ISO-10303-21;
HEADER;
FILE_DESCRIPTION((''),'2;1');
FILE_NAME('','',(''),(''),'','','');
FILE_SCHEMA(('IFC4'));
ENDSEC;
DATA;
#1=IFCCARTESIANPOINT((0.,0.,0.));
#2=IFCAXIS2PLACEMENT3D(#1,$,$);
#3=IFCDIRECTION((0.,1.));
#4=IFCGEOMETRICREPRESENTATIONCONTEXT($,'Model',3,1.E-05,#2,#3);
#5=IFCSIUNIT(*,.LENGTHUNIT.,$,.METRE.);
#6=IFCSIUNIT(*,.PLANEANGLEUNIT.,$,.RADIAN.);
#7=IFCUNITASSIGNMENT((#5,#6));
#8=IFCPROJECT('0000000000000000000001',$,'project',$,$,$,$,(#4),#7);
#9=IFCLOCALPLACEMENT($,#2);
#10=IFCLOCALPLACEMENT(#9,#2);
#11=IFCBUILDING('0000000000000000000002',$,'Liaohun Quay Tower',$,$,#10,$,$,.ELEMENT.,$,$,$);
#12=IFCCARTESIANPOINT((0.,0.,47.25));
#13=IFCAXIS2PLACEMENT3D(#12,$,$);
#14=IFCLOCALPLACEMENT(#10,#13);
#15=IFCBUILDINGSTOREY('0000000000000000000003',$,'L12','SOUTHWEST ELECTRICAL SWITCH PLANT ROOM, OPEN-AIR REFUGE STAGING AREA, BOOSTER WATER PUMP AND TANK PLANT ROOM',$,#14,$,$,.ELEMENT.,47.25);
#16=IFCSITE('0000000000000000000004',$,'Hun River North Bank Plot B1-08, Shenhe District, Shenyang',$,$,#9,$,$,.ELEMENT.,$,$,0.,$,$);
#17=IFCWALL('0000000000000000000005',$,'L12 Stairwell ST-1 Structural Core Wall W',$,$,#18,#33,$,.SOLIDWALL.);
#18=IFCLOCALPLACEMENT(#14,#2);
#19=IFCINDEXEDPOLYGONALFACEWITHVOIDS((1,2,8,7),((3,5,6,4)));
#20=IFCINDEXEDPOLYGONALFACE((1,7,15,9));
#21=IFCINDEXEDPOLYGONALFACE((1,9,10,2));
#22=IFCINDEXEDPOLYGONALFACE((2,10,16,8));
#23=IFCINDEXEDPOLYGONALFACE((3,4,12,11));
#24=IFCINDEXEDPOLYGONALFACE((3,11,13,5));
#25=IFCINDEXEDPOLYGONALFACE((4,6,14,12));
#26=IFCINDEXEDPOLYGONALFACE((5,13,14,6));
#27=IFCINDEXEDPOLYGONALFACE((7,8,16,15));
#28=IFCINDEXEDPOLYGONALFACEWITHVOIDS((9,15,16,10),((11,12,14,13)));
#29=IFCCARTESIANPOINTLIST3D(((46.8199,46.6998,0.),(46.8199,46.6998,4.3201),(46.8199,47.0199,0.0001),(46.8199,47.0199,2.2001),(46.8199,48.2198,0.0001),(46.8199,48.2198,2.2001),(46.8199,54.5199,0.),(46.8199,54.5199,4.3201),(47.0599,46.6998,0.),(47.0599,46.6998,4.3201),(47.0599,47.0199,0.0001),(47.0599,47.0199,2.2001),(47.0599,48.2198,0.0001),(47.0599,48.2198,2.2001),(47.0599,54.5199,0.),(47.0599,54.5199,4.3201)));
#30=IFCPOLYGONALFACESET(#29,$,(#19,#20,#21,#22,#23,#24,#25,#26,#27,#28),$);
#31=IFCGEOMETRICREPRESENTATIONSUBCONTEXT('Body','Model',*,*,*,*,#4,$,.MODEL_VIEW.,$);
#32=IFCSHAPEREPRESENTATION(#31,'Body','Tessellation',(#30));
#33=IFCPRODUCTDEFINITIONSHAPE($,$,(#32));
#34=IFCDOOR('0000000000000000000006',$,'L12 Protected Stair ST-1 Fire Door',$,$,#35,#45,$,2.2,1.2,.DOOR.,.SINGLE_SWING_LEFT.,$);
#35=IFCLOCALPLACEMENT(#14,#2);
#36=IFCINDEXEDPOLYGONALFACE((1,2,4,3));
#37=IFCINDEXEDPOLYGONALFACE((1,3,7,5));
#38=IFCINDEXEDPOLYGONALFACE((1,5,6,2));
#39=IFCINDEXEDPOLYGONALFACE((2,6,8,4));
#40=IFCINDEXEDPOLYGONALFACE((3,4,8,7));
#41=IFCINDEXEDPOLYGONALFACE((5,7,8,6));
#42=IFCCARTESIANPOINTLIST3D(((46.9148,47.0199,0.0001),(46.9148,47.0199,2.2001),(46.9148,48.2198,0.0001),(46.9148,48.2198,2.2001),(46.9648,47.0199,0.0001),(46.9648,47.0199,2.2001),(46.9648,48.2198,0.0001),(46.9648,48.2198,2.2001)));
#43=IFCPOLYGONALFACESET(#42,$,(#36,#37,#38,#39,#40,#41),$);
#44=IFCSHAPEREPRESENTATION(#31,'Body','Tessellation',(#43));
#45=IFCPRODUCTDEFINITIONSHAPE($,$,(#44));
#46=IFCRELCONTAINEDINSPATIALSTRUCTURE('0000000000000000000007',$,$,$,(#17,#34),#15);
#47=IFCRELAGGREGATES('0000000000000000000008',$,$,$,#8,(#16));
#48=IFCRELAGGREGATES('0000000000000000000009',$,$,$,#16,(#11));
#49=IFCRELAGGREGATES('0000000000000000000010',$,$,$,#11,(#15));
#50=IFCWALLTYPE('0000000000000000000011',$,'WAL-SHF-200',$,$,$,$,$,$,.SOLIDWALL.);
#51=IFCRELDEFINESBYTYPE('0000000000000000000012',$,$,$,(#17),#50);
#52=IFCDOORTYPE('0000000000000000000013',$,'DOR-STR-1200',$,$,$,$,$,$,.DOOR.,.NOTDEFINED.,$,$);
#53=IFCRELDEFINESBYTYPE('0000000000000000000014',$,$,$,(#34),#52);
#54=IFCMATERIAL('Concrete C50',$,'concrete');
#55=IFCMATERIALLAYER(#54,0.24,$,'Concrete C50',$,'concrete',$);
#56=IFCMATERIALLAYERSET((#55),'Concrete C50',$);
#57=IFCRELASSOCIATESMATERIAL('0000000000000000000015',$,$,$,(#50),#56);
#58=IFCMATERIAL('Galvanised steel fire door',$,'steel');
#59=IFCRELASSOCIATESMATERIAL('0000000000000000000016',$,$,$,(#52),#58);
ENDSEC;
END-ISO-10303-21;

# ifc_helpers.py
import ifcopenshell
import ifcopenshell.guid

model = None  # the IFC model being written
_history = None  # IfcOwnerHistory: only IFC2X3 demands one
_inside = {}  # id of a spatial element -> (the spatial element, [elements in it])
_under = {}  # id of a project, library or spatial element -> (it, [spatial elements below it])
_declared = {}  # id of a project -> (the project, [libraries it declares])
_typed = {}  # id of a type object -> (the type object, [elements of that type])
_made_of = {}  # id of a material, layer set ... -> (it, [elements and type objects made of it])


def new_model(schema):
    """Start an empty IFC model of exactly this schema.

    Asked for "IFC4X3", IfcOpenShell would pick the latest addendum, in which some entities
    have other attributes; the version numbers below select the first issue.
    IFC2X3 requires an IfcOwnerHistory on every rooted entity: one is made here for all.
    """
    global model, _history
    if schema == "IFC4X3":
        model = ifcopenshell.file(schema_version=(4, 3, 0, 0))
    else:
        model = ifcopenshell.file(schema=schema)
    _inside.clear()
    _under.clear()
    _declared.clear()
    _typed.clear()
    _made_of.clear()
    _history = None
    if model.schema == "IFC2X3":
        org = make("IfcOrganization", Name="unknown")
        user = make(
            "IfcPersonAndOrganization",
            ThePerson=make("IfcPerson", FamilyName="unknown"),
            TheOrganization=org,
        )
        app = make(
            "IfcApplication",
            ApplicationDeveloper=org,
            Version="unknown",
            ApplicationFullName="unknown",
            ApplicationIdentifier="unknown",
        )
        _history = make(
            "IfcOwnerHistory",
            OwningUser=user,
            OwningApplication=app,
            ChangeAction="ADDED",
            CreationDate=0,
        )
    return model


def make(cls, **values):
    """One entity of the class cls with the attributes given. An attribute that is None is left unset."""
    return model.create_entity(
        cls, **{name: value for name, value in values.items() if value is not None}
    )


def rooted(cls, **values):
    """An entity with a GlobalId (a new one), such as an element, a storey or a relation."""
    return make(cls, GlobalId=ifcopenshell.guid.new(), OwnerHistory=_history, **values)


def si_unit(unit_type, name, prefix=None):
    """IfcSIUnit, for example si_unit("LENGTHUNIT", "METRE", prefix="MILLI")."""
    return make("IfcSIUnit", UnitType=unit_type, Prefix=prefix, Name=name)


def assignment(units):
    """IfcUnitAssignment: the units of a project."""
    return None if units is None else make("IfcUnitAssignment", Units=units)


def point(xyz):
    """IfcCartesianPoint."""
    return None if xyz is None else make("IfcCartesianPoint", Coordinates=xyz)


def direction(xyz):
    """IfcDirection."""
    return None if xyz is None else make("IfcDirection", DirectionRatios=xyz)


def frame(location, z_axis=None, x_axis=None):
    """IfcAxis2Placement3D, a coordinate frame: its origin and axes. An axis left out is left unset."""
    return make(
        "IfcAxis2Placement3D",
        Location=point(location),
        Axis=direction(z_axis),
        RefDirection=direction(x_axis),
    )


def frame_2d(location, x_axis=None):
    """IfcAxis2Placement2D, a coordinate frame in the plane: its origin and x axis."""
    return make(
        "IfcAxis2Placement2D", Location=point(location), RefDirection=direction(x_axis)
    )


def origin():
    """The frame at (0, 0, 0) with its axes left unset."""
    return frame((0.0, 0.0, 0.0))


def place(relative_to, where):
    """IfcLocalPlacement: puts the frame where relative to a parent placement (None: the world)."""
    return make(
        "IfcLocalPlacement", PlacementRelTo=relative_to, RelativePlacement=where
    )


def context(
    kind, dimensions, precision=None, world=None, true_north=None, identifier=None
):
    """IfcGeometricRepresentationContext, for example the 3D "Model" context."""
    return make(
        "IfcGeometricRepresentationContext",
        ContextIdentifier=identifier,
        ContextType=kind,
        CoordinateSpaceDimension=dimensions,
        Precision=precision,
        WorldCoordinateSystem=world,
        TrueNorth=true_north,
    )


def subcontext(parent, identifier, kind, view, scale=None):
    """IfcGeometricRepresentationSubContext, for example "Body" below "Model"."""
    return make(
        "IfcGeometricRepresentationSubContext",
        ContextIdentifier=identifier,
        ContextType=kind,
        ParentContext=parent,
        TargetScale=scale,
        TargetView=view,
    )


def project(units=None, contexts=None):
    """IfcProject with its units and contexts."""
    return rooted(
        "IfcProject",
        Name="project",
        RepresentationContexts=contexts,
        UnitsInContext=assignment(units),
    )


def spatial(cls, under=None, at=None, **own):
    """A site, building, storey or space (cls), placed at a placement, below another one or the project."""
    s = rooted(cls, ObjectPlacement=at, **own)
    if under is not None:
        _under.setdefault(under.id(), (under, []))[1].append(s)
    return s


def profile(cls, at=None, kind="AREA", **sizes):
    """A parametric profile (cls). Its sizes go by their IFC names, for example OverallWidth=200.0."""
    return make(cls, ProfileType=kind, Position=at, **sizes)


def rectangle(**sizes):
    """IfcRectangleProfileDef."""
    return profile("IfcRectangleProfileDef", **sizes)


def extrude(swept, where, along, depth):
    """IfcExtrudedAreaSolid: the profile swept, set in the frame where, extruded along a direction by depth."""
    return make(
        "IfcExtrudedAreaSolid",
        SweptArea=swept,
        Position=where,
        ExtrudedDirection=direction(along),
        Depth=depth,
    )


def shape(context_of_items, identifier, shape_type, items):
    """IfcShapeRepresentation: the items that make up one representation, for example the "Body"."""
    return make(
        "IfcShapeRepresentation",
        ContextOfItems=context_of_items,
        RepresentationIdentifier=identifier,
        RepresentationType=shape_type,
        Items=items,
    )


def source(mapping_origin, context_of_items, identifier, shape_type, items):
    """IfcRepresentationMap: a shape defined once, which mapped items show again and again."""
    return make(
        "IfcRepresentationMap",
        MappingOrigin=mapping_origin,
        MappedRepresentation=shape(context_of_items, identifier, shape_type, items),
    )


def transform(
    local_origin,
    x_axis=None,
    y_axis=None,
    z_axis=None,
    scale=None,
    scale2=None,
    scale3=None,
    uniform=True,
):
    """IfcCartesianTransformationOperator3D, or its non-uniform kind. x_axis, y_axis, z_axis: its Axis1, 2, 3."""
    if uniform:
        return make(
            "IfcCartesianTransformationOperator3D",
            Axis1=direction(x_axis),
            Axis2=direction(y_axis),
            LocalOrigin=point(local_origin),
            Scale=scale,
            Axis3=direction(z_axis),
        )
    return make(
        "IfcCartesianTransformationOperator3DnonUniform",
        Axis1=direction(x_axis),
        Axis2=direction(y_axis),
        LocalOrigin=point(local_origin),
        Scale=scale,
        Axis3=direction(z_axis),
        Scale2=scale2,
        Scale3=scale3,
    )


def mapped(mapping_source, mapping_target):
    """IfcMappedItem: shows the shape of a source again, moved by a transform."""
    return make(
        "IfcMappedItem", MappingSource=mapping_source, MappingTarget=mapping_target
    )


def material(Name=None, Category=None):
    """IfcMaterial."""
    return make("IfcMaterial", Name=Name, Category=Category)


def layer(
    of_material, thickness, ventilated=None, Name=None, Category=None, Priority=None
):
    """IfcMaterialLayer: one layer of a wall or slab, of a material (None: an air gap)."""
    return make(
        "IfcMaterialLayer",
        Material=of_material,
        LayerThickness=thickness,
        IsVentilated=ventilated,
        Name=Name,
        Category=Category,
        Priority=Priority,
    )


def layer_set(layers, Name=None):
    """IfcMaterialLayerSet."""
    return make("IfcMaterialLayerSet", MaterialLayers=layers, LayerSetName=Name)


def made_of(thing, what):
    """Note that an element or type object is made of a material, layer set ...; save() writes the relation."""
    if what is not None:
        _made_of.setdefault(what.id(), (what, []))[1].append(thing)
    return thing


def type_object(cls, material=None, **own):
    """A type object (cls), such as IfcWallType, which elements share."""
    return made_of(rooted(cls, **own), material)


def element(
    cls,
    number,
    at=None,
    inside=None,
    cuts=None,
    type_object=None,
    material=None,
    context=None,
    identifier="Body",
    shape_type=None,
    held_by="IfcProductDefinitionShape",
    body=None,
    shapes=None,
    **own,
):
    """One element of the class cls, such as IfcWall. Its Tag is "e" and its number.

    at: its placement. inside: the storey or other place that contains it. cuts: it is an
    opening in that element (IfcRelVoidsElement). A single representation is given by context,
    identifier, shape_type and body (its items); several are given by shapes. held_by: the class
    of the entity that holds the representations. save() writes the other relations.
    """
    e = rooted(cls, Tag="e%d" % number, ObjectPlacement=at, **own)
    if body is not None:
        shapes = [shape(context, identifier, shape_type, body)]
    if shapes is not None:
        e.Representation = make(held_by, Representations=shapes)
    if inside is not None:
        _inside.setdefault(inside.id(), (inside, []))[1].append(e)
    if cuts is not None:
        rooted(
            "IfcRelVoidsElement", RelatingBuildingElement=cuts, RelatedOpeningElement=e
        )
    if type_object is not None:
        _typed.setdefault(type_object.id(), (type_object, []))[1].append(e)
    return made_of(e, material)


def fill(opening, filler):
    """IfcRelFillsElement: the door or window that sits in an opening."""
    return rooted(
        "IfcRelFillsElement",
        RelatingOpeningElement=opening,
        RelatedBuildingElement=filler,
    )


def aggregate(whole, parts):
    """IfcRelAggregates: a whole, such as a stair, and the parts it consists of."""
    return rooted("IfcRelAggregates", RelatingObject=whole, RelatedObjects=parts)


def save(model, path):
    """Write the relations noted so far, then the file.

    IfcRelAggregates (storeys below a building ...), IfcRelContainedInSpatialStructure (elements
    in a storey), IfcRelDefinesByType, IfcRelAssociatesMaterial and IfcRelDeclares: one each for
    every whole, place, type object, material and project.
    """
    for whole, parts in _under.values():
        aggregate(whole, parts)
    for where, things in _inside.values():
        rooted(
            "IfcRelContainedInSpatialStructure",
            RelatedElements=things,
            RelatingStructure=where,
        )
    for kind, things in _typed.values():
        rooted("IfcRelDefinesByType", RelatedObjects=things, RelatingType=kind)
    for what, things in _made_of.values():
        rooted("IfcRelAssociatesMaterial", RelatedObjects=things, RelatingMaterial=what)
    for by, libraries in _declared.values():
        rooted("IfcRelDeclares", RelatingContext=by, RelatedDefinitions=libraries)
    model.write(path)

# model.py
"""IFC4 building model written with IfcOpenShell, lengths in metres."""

from ifc_helpers import new_model, si_unit, direction, frame, frame_2d, origin, place, context, subcontext, project, spatial, rectangle, extrude, source, transform, mapped, material, layer, layer_set, type_object, element, fill, save


model = new_model("IFC4")

# Units and contexts
model_context = context("Model", 3, precision=1e-05, world=origin(), true_north=direction((0.0, 1.0)))
body_context = subcontext(model_context, "Body", "Model", "MODEL_VIEW")
ifc_project = project(units=[si_unit("LENGTHUNIT", "METRE"), si_unit("PLANEANGLEUNIT", "RADIAN")], contexts=[model_context])

# Site, building, storey
site_placement = place(None, origin())
site = spatial("IfcSite", under=ifc_project, at=site_placement, Name="Hun River North Bank Plot B1-08, Shenhe District, Shenyang", CompositionType="ELEMENT", RefElevation=0.0)
building_placement = place(site_placement, origin())
building = spatial("IfcBuilding", under=site, at=building_placement, Name="Liaohun Quay Tower", CompositionType="ELEMENT")
storey_placement = place(building_placement, frame((0.0, 0.0, 47.25)))
storey = spatial("IfcBuildingStorey", under=building, at=storey_placement, Name="L12", Description="SOUTHWEST ELECTRICAL SWITCH PLANT ROOM, OPEN-AIR REFUGE STAGING AREA, BOOSTER WATER PUMP AND TANK PLANT ROOM", CompositionType="ELEMENT", Elevation=47.25)

# Shared definitions
ifc_material_1 = material(Name="Concrete C50", Category="concrete")
ifc_layer_1 = layer(ifc_material_1, 0.24, Name="Concrete C50", Category="concrete")
ifc_layer_set_1 = layer_set([ifc_layer_1], Name="Concrete C50")
wall_type_1 = type_object("IfcWallType", Name="WAL-SHF-200", PredefinedType="SOLIDWALL", material=ifc_layer_set_1)

# Wall, opening, door
wall_1_placement = place(storey_placement, frame((46.9399, 54.52, 0.0), z_axis=(0.0, 0.0, 1.0), x_axis=(0.0, -1.0, 0.0)))
wall_1 = element("IfcWall", 1, at=wall_1_placement, inside=storey, type_object=wall_type_1, Name="L12 Stairwell ST-1 Structural Core Wall W", PredefinedType="SOLIDWALL", context=body_context, shape_type="SweptSolid", body=[
    extrude(rectangle(XDim=7.8201, YDim=0.24, at=frame_2d((3.9102, 0.0))), origin(), (0.0, 0.0, 1.0), 4.3201),
])
shared_shape_1 = source(origin(), body_context, "Body", "SweptSolid", [
    extrude(rectangle(XDim=1.2, YDim=2.2, at=frame_2d((0.6001, 1.1001))), frame((0.0, 0.1299, 0.0), z_axis=(0.0, -1.0, 0.0), x_axis=(1.0, 0.0, 0.0)), (0.0, 0.0, 1.0), 0.26),
])
opening_1_placement = place(wall_1_placement, frame((6.3, 0.0, 0.0)))
opening_1 = element("IfcOpeningElement", 2, at=opening_1_placement, cuts=wall_1, PredefinedType="OPENING", context=body_context, shape_type="MappedRepresentation", body=[
    mapped(shared_shape_1, transform((0.0, 0.0, 0.0), x_axis=(1.0, 0.0, 0.0), y_axis=(0.0, 1.0, 0.0), z_axis=(0.0, 0.0, 1.0), scale=1.0)),
])
ifc_material_2 = material(Name="Galvanised steel fire door", Category="steel")
door_type_1 = type_object("IfcDoorType", Name="DOR-STR-1200", OperationType="NOTDEFINED", PredefinedType="DOOR", material=ifc_material_2)
shared_shape_2 = source(origin(), body_context, "Body", "SweptSolid", [
    extrude(rectangle(XDim=1.2, YDim=2.2, at=frame_2d((0.6001, 1.1001))), frame((0.0, 0.0249, 0.0), z_axis=(0.0, -1.0, 0.0), x_axis=(1.0, 0.0, 0.0)), (0.0, 0.0, 1.0), 0.05),
])
door_1_placement = place(opening_1_placement, origin())
door_1 = element("IfcDoor", 3, at=door_1_placement, inside=storey, type_object=door_type_1, Name="L12 Protected Stair ST-1 Fire Door", OperationType="SINGLE_SWING_LEFT", OverallHeight=2.2, OverallWidth=1.2, PredefinedType="DOOR", context=body_context, shape_type="MappedRepresentation", body=[
    mapped(shared_shape_2, transform((0.0, 0.0, 0.0), x_axis=(1.0, 0.0, 0.0), y_axis=(0.0, 1.0, 0.0), z_axis=(0.0, 0.0, 1.0), scale=1.0)),
])
fill(opening_1, door_1)

save(model, "model.ifc")
